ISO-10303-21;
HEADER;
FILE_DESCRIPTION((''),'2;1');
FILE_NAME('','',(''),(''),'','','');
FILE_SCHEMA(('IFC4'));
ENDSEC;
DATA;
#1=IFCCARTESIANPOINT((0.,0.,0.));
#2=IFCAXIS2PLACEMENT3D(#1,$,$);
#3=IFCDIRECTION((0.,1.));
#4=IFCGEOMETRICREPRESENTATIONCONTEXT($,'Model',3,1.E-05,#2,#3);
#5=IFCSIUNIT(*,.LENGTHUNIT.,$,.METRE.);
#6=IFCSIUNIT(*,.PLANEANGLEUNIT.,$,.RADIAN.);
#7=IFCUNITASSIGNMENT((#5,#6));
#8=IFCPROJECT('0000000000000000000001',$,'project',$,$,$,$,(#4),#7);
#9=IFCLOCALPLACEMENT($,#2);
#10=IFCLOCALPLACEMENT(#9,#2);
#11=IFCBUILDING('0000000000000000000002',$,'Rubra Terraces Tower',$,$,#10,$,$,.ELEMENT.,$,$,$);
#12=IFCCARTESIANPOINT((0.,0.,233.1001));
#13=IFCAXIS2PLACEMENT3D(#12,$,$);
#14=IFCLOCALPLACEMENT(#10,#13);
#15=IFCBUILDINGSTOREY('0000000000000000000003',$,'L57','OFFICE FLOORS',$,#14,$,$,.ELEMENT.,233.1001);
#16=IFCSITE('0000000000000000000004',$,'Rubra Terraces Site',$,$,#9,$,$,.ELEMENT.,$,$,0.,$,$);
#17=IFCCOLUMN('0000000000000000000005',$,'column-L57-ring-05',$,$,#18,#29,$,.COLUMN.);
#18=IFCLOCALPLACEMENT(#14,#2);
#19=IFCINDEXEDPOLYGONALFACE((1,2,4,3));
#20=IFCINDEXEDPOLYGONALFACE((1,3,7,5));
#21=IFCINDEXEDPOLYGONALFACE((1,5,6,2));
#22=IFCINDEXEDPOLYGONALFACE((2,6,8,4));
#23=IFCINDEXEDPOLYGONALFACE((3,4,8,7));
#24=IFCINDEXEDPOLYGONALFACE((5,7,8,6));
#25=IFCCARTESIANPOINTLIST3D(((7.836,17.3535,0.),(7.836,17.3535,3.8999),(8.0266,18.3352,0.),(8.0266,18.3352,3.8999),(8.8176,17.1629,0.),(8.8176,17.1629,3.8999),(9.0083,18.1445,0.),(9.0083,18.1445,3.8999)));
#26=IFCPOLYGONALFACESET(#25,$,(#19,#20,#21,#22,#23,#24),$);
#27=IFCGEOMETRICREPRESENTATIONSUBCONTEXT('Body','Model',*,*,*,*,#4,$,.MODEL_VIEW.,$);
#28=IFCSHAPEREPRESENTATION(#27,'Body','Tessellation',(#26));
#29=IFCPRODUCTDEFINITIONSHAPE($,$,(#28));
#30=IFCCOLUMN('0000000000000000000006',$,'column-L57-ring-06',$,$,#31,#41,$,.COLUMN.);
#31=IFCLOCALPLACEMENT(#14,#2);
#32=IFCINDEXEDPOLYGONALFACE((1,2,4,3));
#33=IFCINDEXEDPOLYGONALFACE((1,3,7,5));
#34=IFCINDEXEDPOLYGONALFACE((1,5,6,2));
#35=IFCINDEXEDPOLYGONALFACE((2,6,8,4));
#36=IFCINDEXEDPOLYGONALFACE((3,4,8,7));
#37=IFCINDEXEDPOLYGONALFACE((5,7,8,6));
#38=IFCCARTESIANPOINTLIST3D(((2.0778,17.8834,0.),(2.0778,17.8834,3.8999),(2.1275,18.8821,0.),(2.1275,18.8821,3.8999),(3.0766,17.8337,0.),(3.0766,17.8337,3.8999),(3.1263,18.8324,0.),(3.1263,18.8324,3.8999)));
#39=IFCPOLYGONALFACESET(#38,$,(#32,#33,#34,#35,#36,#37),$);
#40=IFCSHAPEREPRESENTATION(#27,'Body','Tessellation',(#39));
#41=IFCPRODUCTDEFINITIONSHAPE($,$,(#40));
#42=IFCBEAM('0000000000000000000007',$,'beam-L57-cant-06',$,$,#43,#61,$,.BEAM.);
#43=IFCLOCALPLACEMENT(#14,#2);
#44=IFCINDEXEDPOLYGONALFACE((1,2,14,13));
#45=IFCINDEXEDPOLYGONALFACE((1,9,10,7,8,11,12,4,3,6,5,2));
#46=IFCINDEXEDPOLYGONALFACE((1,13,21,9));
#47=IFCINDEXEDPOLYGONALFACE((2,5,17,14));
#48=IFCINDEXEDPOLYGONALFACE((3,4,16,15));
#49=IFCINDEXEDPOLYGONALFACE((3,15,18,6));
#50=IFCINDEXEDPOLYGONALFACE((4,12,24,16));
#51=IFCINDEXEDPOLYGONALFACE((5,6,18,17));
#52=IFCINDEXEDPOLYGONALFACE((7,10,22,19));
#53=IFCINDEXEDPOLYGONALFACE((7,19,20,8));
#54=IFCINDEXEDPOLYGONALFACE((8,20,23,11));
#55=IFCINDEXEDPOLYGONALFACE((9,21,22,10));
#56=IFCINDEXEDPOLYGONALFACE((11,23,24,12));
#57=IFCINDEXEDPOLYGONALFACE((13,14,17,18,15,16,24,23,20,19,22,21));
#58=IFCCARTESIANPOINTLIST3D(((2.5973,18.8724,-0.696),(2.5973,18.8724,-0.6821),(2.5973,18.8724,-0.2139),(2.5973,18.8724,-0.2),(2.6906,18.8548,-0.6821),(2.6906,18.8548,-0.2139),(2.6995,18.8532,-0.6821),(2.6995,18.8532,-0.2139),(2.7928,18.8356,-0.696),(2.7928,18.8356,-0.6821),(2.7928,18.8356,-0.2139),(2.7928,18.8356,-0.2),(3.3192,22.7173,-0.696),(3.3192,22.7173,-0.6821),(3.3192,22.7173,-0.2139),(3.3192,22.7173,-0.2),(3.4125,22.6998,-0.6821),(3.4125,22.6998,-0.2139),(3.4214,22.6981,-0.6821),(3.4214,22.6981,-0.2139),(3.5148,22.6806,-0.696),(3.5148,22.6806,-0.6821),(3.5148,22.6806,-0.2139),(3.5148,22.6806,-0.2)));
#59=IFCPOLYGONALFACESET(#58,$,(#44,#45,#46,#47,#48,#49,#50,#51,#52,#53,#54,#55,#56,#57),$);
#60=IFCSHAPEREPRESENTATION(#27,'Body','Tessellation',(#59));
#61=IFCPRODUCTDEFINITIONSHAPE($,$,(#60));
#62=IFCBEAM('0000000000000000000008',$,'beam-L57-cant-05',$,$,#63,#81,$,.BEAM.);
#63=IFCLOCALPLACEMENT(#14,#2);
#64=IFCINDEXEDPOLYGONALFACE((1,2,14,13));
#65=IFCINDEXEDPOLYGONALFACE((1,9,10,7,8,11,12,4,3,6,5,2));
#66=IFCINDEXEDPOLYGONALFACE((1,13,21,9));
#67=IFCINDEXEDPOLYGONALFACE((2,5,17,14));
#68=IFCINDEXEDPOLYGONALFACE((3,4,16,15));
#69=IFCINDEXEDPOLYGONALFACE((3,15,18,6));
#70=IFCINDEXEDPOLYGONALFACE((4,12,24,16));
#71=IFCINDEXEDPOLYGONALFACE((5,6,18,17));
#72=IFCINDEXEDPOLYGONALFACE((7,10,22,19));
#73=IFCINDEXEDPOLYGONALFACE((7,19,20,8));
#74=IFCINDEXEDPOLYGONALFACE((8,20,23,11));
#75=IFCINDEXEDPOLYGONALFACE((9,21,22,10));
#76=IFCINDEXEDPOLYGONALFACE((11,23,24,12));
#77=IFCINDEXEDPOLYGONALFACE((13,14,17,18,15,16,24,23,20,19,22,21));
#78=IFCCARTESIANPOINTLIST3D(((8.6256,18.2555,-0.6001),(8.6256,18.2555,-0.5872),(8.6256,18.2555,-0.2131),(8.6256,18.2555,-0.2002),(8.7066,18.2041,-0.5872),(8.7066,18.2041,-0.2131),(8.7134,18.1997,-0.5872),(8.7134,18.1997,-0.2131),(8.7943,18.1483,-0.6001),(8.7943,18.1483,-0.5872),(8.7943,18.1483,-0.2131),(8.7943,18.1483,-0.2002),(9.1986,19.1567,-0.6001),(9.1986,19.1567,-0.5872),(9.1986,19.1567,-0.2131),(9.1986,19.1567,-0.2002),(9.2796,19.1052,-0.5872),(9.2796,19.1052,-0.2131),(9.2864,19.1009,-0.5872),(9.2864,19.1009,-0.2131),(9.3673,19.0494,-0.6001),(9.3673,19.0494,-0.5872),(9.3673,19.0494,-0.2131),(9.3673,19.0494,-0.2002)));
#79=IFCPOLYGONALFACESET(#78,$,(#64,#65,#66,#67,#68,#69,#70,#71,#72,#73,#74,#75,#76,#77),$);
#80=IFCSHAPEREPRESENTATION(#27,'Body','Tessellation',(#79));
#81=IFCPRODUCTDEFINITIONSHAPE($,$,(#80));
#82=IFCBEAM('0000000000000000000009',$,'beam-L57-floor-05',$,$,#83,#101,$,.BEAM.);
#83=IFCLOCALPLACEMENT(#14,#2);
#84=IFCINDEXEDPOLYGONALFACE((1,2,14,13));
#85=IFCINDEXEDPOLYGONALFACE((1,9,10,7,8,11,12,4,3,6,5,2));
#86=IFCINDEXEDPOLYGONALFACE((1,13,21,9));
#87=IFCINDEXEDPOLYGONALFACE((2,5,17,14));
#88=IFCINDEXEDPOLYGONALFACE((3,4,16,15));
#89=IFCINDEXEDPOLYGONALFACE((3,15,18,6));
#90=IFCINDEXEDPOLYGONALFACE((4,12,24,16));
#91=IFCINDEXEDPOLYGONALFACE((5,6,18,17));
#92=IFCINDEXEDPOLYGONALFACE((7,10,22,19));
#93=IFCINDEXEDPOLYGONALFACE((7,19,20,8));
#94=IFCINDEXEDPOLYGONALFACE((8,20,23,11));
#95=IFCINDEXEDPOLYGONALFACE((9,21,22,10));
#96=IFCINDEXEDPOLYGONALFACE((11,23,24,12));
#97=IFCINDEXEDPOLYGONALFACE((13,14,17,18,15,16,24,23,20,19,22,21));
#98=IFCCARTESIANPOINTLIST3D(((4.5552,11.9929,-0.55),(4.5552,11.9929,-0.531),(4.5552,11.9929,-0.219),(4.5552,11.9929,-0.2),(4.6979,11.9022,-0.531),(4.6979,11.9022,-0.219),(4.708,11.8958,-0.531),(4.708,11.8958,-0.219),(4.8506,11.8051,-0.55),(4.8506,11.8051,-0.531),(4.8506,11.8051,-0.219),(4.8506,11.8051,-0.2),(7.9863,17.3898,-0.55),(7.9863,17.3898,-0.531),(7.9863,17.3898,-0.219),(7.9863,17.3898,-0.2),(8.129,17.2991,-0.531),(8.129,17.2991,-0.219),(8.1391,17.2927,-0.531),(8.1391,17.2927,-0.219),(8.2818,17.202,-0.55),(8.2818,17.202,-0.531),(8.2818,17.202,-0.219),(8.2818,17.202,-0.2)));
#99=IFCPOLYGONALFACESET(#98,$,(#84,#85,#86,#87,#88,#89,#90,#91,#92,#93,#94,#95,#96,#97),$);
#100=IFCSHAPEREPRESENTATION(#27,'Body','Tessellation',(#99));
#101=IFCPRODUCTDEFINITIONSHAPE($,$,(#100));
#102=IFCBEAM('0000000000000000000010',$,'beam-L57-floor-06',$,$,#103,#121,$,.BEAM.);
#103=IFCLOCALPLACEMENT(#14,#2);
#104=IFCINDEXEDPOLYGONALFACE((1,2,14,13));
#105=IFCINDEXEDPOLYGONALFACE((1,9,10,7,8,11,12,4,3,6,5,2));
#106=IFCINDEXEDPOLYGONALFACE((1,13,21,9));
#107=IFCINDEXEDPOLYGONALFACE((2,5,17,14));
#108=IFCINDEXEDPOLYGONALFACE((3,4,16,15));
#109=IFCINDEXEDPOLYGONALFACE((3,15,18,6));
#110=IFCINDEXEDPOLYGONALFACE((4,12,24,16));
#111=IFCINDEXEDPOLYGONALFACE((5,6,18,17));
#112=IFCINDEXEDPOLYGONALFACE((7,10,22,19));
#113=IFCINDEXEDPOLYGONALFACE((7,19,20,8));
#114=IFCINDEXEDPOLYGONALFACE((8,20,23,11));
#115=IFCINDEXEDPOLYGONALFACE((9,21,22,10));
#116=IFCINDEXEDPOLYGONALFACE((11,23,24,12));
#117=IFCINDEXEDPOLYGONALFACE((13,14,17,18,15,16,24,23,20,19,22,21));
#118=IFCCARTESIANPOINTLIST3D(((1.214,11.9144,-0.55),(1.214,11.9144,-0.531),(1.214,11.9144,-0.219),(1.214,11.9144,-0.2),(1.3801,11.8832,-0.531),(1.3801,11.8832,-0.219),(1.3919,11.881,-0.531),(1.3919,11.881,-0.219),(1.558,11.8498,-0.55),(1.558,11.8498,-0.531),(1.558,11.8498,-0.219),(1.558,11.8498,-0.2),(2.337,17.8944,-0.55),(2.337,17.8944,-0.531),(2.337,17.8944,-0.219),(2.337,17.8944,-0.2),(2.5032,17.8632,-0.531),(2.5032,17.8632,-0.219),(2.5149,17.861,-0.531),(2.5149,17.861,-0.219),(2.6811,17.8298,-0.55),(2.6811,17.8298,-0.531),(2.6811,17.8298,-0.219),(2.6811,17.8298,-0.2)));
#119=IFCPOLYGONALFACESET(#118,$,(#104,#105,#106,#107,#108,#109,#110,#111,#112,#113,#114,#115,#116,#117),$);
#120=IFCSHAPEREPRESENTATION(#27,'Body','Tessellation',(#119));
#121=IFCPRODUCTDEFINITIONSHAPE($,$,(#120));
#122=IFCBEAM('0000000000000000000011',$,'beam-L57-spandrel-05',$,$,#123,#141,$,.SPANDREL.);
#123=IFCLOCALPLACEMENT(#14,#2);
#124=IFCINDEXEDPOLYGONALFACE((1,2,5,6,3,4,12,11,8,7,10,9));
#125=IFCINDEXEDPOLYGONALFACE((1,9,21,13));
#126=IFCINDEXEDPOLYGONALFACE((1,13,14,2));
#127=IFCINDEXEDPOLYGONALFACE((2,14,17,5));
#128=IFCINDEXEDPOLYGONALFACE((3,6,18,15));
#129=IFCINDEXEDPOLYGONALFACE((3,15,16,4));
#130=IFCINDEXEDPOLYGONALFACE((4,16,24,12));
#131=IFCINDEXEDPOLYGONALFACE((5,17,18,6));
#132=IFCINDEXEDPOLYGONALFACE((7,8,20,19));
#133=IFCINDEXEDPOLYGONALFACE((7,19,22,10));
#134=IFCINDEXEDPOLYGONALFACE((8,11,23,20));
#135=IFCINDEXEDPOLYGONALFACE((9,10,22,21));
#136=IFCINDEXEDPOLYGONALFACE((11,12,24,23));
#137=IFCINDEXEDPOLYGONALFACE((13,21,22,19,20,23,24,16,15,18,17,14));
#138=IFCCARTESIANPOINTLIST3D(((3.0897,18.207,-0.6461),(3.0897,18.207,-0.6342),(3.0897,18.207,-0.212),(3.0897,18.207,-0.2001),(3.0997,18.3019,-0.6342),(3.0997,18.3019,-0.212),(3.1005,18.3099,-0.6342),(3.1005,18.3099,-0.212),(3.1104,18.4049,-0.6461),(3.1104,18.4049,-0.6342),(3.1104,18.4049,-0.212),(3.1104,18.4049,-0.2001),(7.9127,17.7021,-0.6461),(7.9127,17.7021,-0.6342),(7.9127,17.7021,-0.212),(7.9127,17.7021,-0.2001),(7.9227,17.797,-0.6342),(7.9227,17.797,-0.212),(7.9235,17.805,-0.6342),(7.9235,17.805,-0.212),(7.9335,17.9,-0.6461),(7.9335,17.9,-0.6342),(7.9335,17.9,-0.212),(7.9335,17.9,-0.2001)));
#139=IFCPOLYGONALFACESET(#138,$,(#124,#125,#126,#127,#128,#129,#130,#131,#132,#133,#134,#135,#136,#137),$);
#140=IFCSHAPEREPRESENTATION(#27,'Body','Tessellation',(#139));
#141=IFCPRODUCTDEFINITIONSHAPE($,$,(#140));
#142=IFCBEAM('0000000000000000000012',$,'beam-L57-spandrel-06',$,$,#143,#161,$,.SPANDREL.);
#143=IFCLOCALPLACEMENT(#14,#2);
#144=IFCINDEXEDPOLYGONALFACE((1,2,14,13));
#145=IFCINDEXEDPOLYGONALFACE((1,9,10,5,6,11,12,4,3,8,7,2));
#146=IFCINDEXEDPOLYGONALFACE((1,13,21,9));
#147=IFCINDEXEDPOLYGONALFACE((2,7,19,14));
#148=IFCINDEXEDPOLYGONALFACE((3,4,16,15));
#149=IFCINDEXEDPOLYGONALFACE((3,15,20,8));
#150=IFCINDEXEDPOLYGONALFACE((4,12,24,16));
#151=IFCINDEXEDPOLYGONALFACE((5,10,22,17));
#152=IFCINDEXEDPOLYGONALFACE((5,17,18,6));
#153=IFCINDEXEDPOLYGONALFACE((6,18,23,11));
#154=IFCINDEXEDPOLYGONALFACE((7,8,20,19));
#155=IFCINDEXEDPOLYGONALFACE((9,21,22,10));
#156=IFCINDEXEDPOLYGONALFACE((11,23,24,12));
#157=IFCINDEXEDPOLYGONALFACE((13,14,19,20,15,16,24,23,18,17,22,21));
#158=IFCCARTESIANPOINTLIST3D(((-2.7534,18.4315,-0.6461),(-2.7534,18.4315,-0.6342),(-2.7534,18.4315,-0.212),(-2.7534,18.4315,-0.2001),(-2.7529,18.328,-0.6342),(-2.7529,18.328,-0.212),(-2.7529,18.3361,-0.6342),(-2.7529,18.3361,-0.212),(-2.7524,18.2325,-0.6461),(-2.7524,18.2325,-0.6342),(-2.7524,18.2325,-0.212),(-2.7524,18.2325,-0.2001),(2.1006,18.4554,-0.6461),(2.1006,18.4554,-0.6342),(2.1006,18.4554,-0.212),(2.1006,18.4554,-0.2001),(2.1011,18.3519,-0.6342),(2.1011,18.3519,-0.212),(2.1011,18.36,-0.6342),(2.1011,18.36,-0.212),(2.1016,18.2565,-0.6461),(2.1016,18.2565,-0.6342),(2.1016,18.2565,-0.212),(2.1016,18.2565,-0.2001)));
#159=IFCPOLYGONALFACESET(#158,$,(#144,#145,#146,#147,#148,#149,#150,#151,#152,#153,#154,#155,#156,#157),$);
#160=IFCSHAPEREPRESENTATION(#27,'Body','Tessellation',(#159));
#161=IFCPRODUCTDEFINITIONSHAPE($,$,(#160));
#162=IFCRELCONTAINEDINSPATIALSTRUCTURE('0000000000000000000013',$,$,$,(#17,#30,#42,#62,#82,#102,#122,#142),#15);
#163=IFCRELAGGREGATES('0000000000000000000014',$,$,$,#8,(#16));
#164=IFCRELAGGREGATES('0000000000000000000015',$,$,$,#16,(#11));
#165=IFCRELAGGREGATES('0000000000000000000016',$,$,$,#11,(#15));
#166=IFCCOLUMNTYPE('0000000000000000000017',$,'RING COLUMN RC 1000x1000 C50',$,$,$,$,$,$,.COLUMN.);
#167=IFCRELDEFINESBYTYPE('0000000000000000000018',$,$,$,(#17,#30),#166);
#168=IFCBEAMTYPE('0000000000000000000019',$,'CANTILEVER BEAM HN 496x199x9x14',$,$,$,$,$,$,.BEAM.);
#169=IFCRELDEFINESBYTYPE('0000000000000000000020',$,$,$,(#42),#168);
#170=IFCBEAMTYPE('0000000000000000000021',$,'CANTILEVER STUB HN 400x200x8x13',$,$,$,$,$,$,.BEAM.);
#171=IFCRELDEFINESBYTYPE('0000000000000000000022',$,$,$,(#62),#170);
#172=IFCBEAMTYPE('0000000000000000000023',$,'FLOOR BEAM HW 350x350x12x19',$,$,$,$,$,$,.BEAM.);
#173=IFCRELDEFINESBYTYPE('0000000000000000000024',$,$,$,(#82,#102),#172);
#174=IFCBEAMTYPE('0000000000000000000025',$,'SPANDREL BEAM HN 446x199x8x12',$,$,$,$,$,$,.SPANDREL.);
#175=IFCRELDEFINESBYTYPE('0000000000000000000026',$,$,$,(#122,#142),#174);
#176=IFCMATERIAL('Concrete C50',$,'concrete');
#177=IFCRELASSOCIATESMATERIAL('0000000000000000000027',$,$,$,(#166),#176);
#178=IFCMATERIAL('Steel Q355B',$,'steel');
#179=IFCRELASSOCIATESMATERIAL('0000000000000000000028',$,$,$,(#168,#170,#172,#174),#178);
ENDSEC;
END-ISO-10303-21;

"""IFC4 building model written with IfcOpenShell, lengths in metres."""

from ifc_helpers import new_model, si_unit, direction, frame, origin, origin_2d, place, context, subcontext, project, spatial, rectangle, i_section, extrude, material, material_profile, profile_set, type_object, element, save


model = new_model("IFC4")

# Units and contexts
model_context = context("Model", 3, precision=1e-05, world=origin(), true_north=direction((0.0, 1.0)))
body_context = subcontext(model_context, "Body", "Model", "MODEL_VIEW")
ifc_project = project(units=[si_unit("LENGTHUNIT", "METRE"), si_unit("PLANEANGLEUNIT", "RADIAN")], contexts=[model_context])

# Site, building, storey
site_placement = place(None, origin())
site = spatial("IfcSite", under=ifc_project, at=site_placement, Name="Rubra Terraces Site", CompositionType="ELEMENT", RefElevation=0.0)
building_placement = place(site_placement, origin())
building = spatial("IfcBuilding", under=site, at=building_placement, Name="Rubra Terraces Tower", CompositionType="ELEMENT")
storey_placement = place(building_placement, frame((0.0, 0.0, 233.1001)))
storey = spatial("IfcBuildingStorey", under=building, at=storey_placement, Name="L57", Description="OFFICE FLOORS", CompositionType="ELEMENT", Elevation=233.1001)

# Columns
ifc_material_1 = material(Name="Concrete C50", Category="concrete")
ifc_material_profile_1 = material_profile(ifc_material_1, rectangle(XDim=1.0, YDim=1.0, at=origin_2d()), Name="RC 1000x1000")
ifc_profile_set_1 = profile_set([ifc_material_profile_1], Name="Concrete C50")
column_type = type_object("IfcColumnType", Name="RING COLUMN RC 1000x1000 C50", PredefinedType="COLUMN", material=ifc_profile_set_1)
for number, where, z_axis, x_axis, name in (
    (1, (8.4221, 17.749, 0.0), (0.0, 0.0, 1.0), (-0.981655, 0.190668, 0.0), "column-L57-ring-05"),
    (2, (2.6021, 18.3579, 0.0), (0.0, 0.0, 1.0), (-0.998764, 0.049699, 0.0), "column-L57-ring-06"),
):
    element("IfcColumn", number, at=place(storey_placement, frame(where, z_axis=z_axis, x_axis=x_axis)), inside=storey, type_object=column_type, Name=name, PredefinedType="COLUMN", context=body_context, shape_type="SweptSolid", body=[
        extrude(rectangle(XDim=1.0, YDim=1.0, at=origin_2d()), origin(), (0.0, 0.0, 1.0), 3.8999),
    ])

# Beams
ifc_material_2 = material(Name="Steel Q355B", Category="steel")
ifc_material_profile_2 = material_profile(ifc_material_2, i_section(OverallWidth=0.199, OverallDepth=0.4961, WebThickness=0.009, FlangeThickness=0.0139, at=origin_2d()), Name="HN 496x199x9x14")
ifc_profile_set_2 = profile_set([ifc_material_profile_2], Name="Steel Q355B")
beam_type_1 = type_object("IfcBeamType", Name="CANTILEVER BEAM HN 496x199x9x14", PredefinedType="BEAM", material=ifc_profile_set_2)
beam_1_placement = place(storey_placement, frame((2.6951, 18.854, -0.448), z_axis=(0.184533, 0.982826, 0.0), x_axis=(-0.982826, 0.184533, 0.0)))
element("IfcBeam", 3, at=beam_1_placement, inside=storey, type_object=beam_type_1, Name="beam-L57-cant-06", PredefinedType="BEAM", context=body_context, shape_type="SweptSolid", body=[
    extrude(i_section(OverallWidth=0.199, OverallDepth=0.4961, WebThickness=0.009, FlangeThickness=0.0139, at=origin_2d()), origin(), (0.0, 0.0, 1.0), 3.9121),
])
ifc_material_profile_3 = material_profile(ifc_material_2, i_section(OverallWidth=0.2, OverallDepth=0.3999, WebThickness=0.0081, FlangeThickness=0.0129, at=origin_2d()), Name="HN 400x200x8x13")
ifc_profile_set_3 = profile_set([ifc_material_profile_3], Name="Steel Q355B")
beam_type_2 = type_object("IfcBeamType", Name="CANTILEVER STUB HN 400x200x8x13", PredefinedType="BEAM", material=ifc_profile_set_3)
beam_2_placement = place(storey_placement, frame((8.71, 18.2019, -0.4001), z_axis=(0.53658, 0.84385, 0.0), x_axis=(-0.84385, 0.53658, 0.0)))
element("IfcBeam", 4, at=beam_2_placement, inside=storey, type_object=beam_type_2, Name="beam-L57-cant-05", PredefinedType="BEAM", context=body_context, shape_type="SweptSolid", body=[
    extrude(i_section(OverallWidth=0.2, OverallDepth=0.3999, WebThickness=0.0081, FlangeThickness=0.0129, at=origin_2d()), origin(), (0.0, 0.0, 1.0), 1.0679),
])
ifc_material_profile_4 = material_profile(ifc_material_2, i_section(OverallWidth=0.3501, OverallDepth=0.3501, WebThickness=0.012, FlangeThickness=0.019, at=origin_2d()), Name="HW 350x350x12x19")
ifc_profile_set_4 = profile_set([ifc_material_profile_4], Name="Steel Q355B")
beam_type_3 = type_object("IfcBeamType", Name="FLOOR BEAM HW 350x350x12x19", PredefinedType="BEAM", material=ifc_profile_set_4)
beam_3_placement = place(storey_placement, frame((8.134, 17.2959, -0.375), z_axis=(-0.53651, -0.843894, 0.0), x_axis=(0.843894, -0.53651, 0.0)))
element("IfcBeam", 5, at=beam_3_placement, inside=storey, type_object=beam_type_3, Name="beam-L57-floor-05", PredefinedType="BEAM", context=body_context, shape_type="SweptSolid", body=[
    extrude(i_section(OverallWidth=0.3501, OverallDepth=0.3501, WebThickness=0.012, FlangeThickness=0.019, at=origin_2d()), origin(), (0.0, 0.0, 1.0), 6.3953),
])
beam_4_placement = place(storey_placement, frame((2.509, 17.8621, -0.375), z_axis=(-0.184574, -0.982819, 0.0), x_axis=(0.982819, -0.184574, 0.0)))
element("IfcBeam", 6, at=beam_4_placement, inside=storey, type_object=beam_type_3, Name="beam-L57-floor-06", PredefinedType="BEAM", context=body_context, shape_type="SweptSolid", body=[
    extrude(i_section(OverallWidth=0.3501, OverallDepth=0.3501, WebThickness=0.012, FlangeThickness=0.019, at=origin_2d()), origin(), (0.0, 0.0, 1.0), 6.0845),
])
ifc_material_profile_5 = material_profile(ifc_material_2, i_section(OverallWidth=0.199, OverallDepth=0.446, WebThickness=0.0081, FlangeThickness=0.012, at=origin_2d()), Name="HN 446x199x8x12")
ifc_profile_set_5 = profile_set([ifc_material_profile_5], Name="Steel Q355B")
beam_type_4 = type_object("IfcBeamType", Name="SPANDREL BEAM HN 446x199x8x12", PredefinedType="SPANDREL", material=ifc_profile_set_5)
beam_5_placement = place(storey_placement, frame((7.9231, 17.801, -0.4231), z_axis=(-0.994565, 0.104113, 0.0), x_axis=(-0.104113, -0.994565, 0.0)))
element("IfcBeam", 7, at=beam_5_placement, inside=storey, type_object=beam_type_4, Name="beam-L57-spandrel-05", PredefinedType="SPANDREL", context=body_context, shape_type="SweptSolid", body=[
    extrude(i_section(OverallWidth=0.199, OverallDepth=0.446, WebThickness=0.0081, FlangeThickness=0.012, at=origin_2d()), origin(), (0.0, 0.0, 1.0), 4.8494),
])
beam_6_placement = place(storey_placement, frame((2.1011, 18.356, -0.4231), z_axis=(-0.999988, -0.004929, 0.0), x_axis=(0.004929, -0.999988, 0.0)))
element("IfcBeam", 8, at=beam_6_placement, inside=storey, type_object=beam_type_4, Name="beam-L57-spandrel-06", PredefinedType="SPANDREL", context=body_context, shape_type="SweptSolid", body=[
    extrude(i_section(OverallWidth=0.199, OverallDepth=0.446, WebThickness=0.0081, FlangeThickness=0.012, at=origin_2d()), origin(), (0.0, 0.0, 1.0), 4.854),
])

save(model, "model.ifc")
